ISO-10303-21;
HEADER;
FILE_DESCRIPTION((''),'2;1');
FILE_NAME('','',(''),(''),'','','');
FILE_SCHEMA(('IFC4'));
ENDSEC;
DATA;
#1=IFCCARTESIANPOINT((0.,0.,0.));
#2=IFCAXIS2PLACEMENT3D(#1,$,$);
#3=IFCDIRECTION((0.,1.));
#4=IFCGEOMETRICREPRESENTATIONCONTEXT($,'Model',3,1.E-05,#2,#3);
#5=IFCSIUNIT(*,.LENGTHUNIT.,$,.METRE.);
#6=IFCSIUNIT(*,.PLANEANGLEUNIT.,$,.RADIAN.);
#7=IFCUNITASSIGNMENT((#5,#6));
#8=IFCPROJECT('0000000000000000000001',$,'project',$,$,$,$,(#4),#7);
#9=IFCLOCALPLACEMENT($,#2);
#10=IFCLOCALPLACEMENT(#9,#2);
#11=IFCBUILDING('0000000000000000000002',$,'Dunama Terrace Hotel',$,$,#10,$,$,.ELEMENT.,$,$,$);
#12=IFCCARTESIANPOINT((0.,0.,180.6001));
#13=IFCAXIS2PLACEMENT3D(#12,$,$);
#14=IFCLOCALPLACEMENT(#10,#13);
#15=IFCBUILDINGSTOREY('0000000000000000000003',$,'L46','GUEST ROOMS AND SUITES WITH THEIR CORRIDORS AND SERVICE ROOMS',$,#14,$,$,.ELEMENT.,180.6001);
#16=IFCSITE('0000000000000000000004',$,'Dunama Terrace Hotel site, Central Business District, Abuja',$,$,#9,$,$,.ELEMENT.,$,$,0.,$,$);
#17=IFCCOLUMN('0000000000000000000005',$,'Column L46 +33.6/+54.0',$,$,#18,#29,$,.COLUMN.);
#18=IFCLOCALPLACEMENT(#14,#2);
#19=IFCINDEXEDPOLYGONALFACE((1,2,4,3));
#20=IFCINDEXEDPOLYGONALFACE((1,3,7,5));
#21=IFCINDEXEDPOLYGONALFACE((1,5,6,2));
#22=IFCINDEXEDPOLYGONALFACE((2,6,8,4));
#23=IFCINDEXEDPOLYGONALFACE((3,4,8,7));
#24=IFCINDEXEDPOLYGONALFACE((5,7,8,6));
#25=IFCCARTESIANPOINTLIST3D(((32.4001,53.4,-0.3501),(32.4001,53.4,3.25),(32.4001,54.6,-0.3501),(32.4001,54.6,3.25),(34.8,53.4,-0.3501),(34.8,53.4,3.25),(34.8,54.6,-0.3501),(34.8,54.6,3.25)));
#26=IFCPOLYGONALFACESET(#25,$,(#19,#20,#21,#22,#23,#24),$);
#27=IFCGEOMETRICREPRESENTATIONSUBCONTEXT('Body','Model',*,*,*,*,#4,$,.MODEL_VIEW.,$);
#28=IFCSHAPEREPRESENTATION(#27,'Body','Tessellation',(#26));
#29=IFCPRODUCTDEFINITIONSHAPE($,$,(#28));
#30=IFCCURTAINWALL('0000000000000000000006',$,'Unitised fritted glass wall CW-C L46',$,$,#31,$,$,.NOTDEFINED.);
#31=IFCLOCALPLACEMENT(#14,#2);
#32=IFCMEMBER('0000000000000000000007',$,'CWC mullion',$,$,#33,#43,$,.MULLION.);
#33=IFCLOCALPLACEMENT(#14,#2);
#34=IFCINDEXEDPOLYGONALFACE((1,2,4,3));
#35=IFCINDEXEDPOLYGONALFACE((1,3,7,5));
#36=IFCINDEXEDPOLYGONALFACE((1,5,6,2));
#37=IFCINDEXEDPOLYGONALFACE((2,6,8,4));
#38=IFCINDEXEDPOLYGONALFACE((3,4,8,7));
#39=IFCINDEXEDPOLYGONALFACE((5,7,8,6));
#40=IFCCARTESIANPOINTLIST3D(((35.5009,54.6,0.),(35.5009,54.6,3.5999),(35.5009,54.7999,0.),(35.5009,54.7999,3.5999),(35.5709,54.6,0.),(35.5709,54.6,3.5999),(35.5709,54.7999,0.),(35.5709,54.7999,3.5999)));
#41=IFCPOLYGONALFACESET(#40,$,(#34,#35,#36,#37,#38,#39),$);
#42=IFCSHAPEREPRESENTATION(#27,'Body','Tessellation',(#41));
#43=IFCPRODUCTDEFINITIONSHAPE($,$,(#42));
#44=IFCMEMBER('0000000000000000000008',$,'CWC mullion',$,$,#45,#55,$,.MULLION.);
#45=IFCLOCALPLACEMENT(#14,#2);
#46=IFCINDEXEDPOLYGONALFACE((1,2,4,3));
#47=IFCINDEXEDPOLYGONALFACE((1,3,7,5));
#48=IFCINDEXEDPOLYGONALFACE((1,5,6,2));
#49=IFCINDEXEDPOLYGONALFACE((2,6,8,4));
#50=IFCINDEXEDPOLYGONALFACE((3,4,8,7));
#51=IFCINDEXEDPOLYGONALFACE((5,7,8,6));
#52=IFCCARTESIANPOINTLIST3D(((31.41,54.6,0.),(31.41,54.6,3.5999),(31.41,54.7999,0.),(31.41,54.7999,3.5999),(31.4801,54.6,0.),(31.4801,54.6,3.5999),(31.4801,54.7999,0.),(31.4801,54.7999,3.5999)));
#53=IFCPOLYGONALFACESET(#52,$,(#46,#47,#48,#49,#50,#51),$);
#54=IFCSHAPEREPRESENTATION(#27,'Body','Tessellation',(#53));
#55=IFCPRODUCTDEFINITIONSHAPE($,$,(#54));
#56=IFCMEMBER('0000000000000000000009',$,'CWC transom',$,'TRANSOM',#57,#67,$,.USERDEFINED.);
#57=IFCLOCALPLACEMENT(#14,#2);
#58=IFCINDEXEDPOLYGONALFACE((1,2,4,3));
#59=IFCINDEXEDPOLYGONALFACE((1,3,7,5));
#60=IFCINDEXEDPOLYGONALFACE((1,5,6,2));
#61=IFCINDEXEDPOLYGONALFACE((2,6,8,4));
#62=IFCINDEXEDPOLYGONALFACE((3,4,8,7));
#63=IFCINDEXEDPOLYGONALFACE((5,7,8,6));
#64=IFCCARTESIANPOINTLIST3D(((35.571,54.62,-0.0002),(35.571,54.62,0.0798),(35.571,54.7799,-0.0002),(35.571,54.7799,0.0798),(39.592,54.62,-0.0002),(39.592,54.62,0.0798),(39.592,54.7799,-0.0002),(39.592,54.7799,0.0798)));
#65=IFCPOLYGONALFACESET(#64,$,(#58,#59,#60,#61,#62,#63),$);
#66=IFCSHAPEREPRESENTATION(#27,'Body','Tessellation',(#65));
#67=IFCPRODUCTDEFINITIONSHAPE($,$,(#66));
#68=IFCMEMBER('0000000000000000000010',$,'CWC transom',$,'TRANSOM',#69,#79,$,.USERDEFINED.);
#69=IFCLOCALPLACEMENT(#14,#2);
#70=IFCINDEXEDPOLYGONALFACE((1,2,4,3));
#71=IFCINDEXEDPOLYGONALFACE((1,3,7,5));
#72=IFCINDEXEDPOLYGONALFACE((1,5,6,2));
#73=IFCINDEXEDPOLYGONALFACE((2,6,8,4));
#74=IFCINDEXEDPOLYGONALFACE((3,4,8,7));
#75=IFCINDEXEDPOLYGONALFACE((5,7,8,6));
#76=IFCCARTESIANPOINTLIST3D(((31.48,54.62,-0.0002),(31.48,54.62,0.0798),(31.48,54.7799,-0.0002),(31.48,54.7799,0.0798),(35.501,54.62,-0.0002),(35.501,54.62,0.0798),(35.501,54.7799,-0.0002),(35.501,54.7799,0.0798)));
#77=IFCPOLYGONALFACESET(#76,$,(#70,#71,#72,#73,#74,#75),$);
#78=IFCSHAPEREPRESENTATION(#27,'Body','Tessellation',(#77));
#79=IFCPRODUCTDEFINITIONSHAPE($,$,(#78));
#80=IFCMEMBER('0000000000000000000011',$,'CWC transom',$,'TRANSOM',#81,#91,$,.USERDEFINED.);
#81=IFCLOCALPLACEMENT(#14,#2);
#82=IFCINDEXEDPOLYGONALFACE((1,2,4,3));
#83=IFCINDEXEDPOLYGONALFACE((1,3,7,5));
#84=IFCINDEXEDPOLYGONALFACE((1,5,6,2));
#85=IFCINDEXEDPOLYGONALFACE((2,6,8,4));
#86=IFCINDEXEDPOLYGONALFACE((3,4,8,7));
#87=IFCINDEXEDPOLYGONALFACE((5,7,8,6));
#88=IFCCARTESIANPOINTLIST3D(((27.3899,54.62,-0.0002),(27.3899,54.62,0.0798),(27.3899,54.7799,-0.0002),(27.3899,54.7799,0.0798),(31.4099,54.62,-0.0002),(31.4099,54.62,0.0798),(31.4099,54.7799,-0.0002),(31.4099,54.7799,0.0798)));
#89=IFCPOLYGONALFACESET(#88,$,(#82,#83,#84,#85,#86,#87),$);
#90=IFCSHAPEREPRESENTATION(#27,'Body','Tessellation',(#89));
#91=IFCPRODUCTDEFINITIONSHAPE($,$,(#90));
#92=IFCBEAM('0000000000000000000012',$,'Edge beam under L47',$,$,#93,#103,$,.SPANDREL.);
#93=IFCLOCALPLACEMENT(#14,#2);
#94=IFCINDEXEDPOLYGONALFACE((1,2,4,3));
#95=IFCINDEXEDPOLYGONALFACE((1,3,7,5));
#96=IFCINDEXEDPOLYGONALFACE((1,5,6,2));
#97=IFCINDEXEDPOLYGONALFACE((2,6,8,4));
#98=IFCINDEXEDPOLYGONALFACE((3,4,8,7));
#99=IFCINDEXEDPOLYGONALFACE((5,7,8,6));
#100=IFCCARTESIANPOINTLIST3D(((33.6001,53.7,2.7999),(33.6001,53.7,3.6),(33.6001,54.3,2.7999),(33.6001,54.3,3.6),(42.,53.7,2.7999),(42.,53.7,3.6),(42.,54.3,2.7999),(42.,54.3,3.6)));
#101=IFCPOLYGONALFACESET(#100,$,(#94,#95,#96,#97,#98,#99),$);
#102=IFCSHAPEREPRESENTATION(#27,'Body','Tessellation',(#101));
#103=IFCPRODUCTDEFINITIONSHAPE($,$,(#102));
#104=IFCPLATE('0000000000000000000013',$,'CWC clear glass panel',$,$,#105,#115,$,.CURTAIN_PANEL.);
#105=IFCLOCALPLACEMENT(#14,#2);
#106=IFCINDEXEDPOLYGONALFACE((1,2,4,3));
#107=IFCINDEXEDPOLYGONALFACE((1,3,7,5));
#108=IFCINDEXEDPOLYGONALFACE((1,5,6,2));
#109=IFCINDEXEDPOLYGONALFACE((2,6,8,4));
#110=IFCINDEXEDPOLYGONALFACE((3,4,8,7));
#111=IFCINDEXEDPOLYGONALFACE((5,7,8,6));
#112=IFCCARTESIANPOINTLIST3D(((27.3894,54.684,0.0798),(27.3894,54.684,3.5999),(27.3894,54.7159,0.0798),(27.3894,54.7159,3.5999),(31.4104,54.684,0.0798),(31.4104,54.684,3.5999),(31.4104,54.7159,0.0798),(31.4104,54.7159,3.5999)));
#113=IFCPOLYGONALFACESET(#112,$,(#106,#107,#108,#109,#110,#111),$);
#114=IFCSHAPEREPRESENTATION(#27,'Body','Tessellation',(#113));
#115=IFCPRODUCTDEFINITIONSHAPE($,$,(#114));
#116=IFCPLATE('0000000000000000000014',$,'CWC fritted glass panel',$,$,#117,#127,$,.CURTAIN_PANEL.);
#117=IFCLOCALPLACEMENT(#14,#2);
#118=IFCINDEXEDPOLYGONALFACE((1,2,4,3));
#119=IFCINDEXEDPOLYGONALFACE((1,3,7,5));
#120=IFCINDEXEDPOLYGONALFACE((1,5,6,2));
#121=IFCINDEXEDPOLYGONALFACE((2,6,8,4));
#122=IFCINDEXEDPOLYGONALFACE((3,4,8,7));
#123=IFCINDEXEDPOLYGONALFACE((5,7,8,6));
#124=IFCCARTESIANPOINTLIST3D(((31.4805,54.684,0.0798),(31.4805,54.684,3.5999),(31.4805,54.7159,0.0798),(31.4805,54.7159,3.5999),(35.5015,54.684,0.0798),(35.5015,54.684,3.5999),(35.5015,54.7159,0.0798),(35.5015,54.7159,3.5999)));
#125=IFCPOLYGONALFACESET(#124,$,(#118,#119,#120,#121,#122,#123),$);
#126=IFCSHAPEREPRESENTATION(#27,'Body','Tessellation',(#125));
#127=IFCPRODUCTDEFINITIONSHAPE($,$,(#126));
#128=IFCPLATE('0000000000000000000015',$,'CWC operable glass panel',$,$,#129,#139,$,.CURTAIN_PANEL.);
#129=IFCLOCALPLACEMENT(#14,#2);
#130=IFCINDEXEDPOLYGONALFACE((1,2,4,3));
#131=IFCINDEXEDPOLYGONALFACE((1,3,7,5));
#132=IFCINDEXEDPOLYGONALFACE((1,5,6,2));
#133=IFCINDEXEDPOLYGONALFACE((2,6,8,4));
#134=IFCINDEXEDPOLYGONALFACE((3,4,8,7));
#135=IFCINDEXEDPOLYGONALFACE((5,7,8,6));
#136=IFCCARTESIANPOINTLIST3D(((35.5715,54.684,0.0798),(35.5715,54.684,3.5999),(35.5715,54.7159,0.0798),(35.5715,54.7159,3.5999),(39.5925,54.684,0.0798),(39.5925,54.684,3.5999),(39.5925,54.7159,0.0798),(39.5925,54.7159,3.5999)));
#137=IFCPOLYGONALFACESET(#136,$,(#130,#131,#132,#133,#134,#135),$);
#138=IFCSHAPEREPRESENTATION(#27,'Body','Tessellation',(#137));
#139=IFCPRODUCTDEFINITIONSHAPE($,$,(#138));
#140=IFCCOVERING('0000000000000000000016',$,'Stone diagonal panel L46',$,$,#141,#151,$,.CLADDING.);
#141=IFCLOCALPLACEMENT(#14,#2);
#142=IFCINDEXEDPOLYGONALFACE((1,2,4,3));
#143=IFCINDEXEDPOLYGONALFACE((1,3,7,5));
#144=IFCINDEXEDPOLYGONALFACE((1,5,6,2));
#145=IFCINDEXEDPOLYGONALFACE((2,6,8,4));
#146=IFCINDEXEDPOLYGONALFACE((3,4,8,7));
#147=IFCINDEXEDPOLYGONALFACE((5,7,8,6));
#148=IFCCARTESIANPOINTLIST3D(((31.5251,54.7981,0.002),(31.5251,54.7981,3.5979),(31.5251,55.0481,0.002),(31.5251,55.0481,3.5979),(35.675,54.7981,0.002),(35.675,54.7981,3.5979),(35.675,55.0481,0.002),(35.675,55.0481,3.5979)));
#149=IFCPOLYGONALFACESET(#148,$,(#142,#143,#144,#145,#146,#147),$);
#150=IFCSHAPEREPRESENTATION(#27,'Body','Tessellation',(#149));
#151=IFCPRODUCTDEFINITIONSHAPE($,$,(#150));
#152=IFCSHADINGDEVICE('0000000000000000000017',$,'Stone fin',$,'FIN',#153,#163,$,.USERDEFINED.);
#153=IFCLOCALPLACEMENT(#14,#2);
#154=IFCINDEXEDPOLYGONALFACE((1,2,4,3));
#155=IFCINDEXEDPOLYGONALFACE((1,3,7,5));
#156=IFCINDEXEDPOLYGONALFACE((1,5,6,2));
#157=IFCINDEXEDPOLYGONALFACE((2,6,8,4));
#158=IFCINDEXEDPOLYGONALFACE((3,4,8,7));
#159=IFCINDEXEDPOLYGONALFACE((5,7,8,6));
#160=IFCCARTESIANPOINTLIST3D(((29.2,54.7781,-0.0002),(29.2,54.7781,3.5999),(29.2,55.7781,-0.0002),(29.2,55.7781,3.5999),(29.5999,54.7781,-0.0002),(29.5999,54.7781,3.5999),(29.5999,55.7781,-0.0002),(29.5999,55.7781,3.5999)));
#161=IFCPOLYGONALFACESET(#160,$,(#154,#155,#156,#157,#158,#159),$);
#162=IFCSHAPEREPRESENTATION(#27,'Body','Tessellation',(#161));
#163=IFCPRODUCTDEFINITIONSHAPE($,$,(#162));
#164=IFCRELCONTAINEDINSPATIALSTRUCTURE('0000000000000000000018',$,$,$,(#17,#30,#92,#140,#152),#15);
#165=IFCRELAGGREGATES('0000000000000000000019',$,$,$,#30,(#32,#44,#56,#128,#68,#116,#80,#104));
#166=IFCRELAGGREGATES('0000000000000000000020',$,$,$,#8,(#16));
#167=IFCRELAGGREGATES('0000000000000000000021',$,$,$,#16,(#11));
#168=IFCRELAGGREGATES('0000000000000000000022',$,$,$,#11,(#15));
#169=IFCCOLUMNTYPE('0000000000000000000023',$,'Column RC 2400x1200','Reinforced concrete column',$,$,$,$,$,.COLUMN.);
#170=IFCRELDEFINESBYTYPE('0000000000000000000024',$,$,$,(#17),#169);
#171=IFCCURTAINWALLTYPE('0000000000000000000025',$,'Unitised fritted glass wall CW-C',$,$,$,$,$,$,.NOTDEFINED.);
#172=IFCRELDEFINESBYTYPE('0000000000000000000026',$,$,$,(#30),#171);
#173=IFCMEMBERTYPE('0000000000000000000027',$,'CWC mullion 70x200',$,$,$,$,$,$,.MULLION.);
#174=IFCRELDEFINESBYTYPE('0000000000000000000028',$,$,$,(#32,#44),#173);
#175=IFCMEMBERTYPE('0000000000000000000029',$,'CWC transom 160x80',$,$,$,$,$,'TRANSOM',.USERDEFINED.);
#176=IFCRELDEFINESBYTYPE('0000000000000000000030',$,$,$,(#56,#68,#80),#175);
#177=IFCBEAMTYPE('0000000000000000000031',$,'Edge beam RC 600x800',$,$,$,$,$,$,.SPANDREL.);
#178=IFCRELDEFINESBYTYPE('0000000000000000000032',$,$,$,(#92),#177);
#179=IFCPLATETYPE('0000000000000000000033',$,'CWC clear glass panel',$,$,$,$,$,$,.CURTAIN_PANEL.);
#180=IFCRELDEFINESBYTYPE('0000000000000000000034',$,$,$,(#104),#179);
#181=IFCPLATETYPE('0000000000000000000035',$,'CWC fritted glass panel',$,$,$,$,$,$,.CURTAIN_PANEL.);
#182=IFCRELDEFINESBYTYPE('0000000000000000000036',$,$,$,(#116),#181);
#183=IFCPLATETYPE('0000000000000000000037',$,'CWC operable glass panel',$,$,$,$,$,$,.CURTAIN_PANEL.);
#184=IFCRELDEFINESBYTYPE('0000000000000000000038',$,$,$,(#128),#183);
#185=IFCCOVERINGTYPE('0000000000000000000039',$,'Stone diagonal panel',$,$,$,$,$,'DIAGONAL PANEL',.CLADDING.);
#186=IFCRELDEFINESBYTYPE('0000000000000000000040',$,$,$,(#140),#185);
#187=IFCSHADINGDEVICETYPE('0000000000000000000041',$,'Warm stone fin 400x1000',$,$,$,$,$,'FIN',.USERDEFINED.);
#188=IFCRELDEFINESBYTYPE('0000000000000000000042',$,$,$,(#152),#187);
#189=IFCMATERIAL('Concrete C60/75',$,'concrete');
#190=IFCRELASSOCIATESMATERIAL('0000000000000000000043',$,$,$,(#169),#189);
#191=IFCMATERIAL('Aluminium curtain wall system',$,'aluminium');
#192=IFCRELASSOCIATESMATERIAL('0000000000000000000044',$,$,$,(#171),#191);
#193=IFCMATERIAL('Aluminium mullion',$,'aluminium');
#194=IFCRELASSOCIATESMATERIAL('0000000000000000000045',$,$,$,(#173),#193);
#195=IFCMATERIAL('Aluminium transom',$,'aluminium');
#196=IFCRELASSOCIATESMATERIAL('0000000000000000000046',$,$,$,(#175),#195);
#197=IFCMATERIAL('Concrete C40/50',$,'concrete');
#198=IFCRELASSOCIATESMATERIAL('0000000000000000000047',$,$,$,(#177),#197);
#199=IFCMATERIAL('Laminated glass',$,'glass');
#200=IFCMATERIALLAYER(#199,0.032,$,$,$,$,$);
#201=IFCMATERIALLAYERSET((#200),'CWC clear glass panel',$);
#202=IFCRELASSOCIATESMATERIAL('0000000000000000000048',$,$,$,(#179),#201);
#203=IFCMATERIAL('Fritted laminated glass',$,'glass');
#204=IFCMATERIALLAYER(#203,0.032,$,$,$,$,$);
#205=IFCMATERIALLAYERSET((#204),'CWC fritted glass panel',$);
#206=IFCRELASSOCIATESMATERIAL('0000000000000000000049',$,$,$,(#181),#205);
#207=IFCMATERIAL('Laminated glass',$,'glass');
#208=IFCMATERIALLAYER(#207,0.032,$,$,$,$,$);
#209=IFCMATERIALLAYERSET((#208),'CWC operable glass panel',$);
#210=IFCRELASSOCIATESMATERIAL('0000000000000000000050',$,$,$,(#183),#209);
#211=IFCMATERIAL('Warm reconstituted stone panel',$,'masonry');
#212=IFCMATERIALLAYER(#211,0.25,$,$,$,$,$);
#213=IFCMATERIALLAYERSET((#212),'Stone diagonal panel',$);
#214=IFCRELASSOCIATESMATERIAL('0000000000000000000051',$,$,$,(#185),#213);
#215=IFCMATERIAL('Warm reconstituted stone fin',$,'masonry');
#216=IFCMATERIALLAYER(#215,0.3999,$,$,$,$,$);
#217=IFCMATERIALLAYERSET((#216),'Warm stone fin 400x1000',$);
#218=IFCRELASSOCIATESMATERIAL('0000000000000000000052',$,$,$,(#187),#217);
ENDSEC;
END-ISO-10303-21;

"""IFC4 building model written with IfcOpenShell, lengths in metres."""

from ifc_helpers import new_model, si_unit, direction, frame, origin, origin_2d, place, context, subcontext, project, spatial, rectangle, extrude, material, layer, layer_set, material_profile, profile_set, type_object, element, aggregate, save


model = new_model("IFC4")

# Units and contexts
model_context = context("Model", 3, precision=1e-05, world=origin(), true_north=direction((0.0, 1.0)))
body_context = subcontext(model_context, "Body", "Model", "MODEL_VIEW")
ifc_project = project(units=[si_unit("LENGTHUNIT", "METRE"), si_unit("PLANEANGLEUNIT", "RADIAN")], contexts=[model_context])

# Site, building, storey
site_placement = place(None, origin())
site = spatial("IfcSite", under=ifc_project, at=site_placement, Name="Dunama Terrace Hotel site, Central Business District, Abuja", CompositionType="ELEMENT", RefElevation=0.0)
building_placement = place(site_placement, origin())
building = spatial("IfcBuilding", under=site, at=building_placement, Name="Dunama Terrace Hotel", CompositionType="ELEMENT")
storey_placement = place(building_placement, frame((0.0, 0.0, 180.6001)))
storey = spatial("IfcBuildingStorey", under=building, at=storey_placement, Name="L46", Description="GUEST ROOMS AND SUITES WITH THEIR CORRIDORS AND SERVICE ROOMS", CompositionType="ELEMENT", Elevation=180.6001)

# Column
ifc_material_1 = material(Name="Concrete C60/75", Category="concrete")
ifc_material_profile_1 = material_profile(ifc_material_1, rectangle(XDim=2.3999, YDim=1.2, at=origin_2d()), Name="RC 2400x1200")
ifc_profile_set_1 = profile_set([ifc_material_profile_1], Name="Concrete C60/75")
column_type = type_object("IfcColumnType", Name="Column RC 2400x1200", Description="Reinforced concrete column", PredefinedType="COLUMN", material=ifc_profile_set_1)
column_placement = place(storey_placement, frame((33.6001, 54.0, -0.3501), z_axis=(0.0, 0.0, 1.0), x_axis=(1.0, 0.0, 0.0)))
element("IfcColumn", 1, at=column_placement, inside=storey, type_object=column_type, Name="Column L46 +33.6/+54.0", PredefinedType="COLUMN", context=body_context, shape_type="SweptSolid", body=[
    extrude(rectangle(XDim=2.3999, YDim=1.2, at=origin_2d()), origin(), (0.0, 0.0, 1.0), 3.6001),
])

# Curtain wall, members
ifc_material_2 = material(Name="Aluminium curtain wall system", Category="aluminium")
curtain_wall_type = type_object("IfcCurtainWallType", Name="Unitised fritted glass wall CW-C", PredefinedType="NOTDEFINED", material=ifc_material_2)
curtain_wall_placement = place(storey_placement, origin())
curtain_wall = element("IfcCurtainWall", 2, at=curtain_wall_placement, inside=storey, type_object=curtain_wall_type, Name="Unitised fritted glass wall CW-C L46", PredefinedType="NOTDEFINED")
ifc_material_3 = material(Name="Aluminium mullion", Category="aluminium")
ifc_material_profile_2 = material_profile(ifc_material_3, rectangle(XDim=0.0701, YDim=0.2, at=origin_2d()), Name="CWC MULLION 70X200")
ifc_profile_set_2 = profile_set([ifc_material_profile_2], Name="Aluminium mullion")
member_type_1 = type_object("IfcMemberType", Name="CWC mullion 70x200", PredefinedType="MULLION", material=ifc_profile_set_2)
member_1_placement = place(storey_placement, frame((35.5359, 54.7, 0.0), z_axis=(0.0, 0.0, 1.0), x_axis=(-1.0, 0.0, 0.0)))
member_1 = element("IfcMember", 3, at=member_1_placement, type_object=member_type_1, Name="CWC mullion", PredefinedType="MULLION", context=body_context, shape_type="SweptSolid", body=[
    extrude(rectangle(XDim=0.0701, YDim=0.2, at=origin_2d()), origin(), (0.0, 0.0, 1.0), 3.5999),
])
member_2_placement = place(storey_placement, frame((31.4451, 54.7, 0.0), z_axis=(0.0, 0.0, 1.0), x_axis=(-1.0, 0.0, 0.0)))
member_2 = element("IfcMember", 4, at=member_2_placement, type_object=member_type_1, Name="CWC mullion", PredefinedType="MULLION", context=body_context, shape_type="SweptSolid", body=[
    extrude(rectangle(XDim=0.0701, YDim=0.2, at=origin_2d()), origin(), (0.0, 0.0, 1.0), 3.5999),
])
ifc_material_4 = material(Name="Aluminium transom", Category="aluminium")
ifc_material_profile_3 = material_profile(ifc_material_4, rectangle(XDim=0.1599, YDim=0.0801, at=origin_2d()), Name="CWC TRANSOM 160X80")
ifc_profile_set_3 = profile_set([ifc_material_profile_3], Name="Aluminium transom")
member_type_2 = type_object("IfcMemberType", Name="CWC transom 160x80", ElementType="TRANSOM", PredefinedType="USERDEFINED", material=ifc_profile_set_3)
member_3_placement = place(storey_placement, frame((39.592, 54.7, 0.0398), z_axis=(-1.0, 0.0, 0.0), x_axis=(0.0, -1.0, 0.0)))
member_3 = element("IfcMember", 5, at=member_3_placement, type_object=member_type_2, Name="CWC transom", ObjectType="TRANSOM", PredefinedType="USERDEFINED", context=body_context, shape_type="SweptSolid", body=[
    extrude(rectangle(XDim=0.1599, YDim=0.0801, at=origin_2d()), origin(), (0.0, 0.0, 1.0), 4.021),
])
member_4_placement = place(storey_placement, frame((35.501, 54.7, 0.0398), z_axis=(-1.0, 0.0, 0.0), x_axis=(0.0, -1.0, 0.0)))
member_4 = element("IfcMember", 6, at=member_4_placement, type_object=member_type_2, Name="CWC transom", ObjectType="TRANSOM", PredefinedType="USERDEFINED", context=body_context, shape_type="SweptSolid", body=[
    extrude(rectangle(XDim=0.1599, YDim=0.0801, at=origin_2d()), origin(), (0.0, 0.0, 1.0), 4.021),
])
member_5_placement = place(storey_placement, frame((31.4099, 54.7, 0.0398), z_axis=(-1.0, 0.0, 0.0), x_axis=(0.0, -1.0, 0.0)))
member_5 = element("IfcMember", 7, at=member_5_placement, type_object=member_type_2, Name="CWC transom", ObjectType="TRANSOM", PredefinedType="USERDEFINED", context=body_context, shape_type="SweptSolid", body=[
    extrude(rectangle(XDim=0.1599, YDim=0.0801, at=origin_2d()), origin(), (0.0, 0.0, 1.0), 4.02),
])

# Beam
ifc_material_5 = material(Name="Concrete C40/50", Category="concrete")
ifc_material_profile_4 = material_profile(ifc_material_5, rectangle(XDim=0.6001, YDim=0.8, at=origin_2d()), Name="RC 600x800")
ifc_profile_set_4 = profile_set([ifc_material_profile_4], Name="Concrete C40/50")
beam_type = type_object("IfcBeamType", Name="Edge beam RC 600x800", PredefinedType="SPANDREL", material=ifc_profile_set_4)
beam_placement = place(storey_placement, frame((33.6001, 54.0, 3.2), z_axis=(1.0, 0.0, 0.0), x_axis=(0.0, 1.0, 0.0)))
element("IfcBeam", 8, at=beam_placement, inside=storey, type_object=beam_type, Name="Edge beam under L47", PredefinedType="SPANDREL", context=body_context, shape_type="SweptSolid", body=[
    extrude(rectangle(XDim=0.6001, YDim=0.8, at=origin_2d()), origin(), (0.0, 0.0, 1.0), 8.3999),
])

# Plates
ifc_material_6 = material(Name="Laminated glass", Category="glass")
ifc_layer_1 = layer(ifc_material_6, 0.032)
ifc_layer_set_1 = layer_set([ifc_layer_1], Name="CWC clear glass panel")
plate_type_1 = type_object("IfcPlateType", Name="CWC clear glass panel", PredefinedType="CURTAIN_PANEL", material=ifc_layer_set_1)
plate_1_placement = place(storey_placement, frame((29.3999, 54.7, 0.0798), z_axis=(0.0, 0.0, 1.0), x_axis=(-1.0, 0.0, 0.0)))
plate_1 = element("IfcPlate", 9, at=plate_1_placement, type_object=plate_type_1, Name="CWC clear glass panel", PredefinedType="CURTAIN_PANEL", context=body_context, shape_type="SweptSolid", body=[
    extrude(rectangle(XDim=4.021, YDim=0.032, at=origin_2d()), origin(), (0.0, 0.0, 1.0), 3.52),
])
ifc_material_7 = material(Name="Fritted laminated glass", Category="glass")
ifc_layer_2 = layer(ifc_material_7, 0.032)
ifc_layer_set_2 = layer_set([ifc_layer_2], Name="CWC fritted glass panel")
plate_type_2 = type_object("IfcPlateType", Name="CWC fritted glass panel", PredefinedType="CURTAIN_PANEL", material=ifc_layer_set_2)
plate_2_placement = place(storey_placement, frame((33.491, 54.7, 0.0798), z_axis=(0.0, 0.0, 1.0), x_axis=(-1.0, 0.0, 0.0)))
plate_2 = element("IfcPlate", 10, at=plate_2_placement, type_object=plate_type_2, Name="CWC fritted glass panel", PredefinedType="CURTAIN_PANEL", context=body_context, shape_type="SweptSolid", body=[
    extrude(rectangle(XDim=4.021, YDim=0.032, at=origin_2d()), origin(), (0.0, 0.0, 1.0), 3.52),
])
ifc_material_8 = material(Name="Laminated glass", Category="glass")
ifc_layer_3 = layer(ifc_material_8, 0.032)
ifc_layer_set_3 = layer_set([ifc_layer_3], Name="CWC operable glass panel")
plate_type_3 = type_object("IfcPlateType", Name="CWC operable glass panel", PredefinedType="CURTAIN_PANEL", material=ifc_layer_set_3)
plate_3_placement = place(storey_placement, frame((37.582, 54.7, 0.0798), z_axis=(0.0, 0.0, 1.0), x_axis=(-1.0, 0.0, 0.0)))
plate_3 = element("IfcPlate", 11, at=plate_3_placement, type_object=plate_type_3, Name="CWC operable glass panel", PredefinedType="CURTAIN_PANEL", context=body_context, shape_type="SweptSolid", body=[
    extrude(rectangle(XDim=4.021, YDim=0.032, at=origin_2d()), origin(), (0.0, 0.0, 1.0), 3.52),
])
aggregate(curtain_wall, [member_1, member_2, member_3, plate_3, member_4, plate_2, member_5, plate_1])

# Covering
ifc_material_9 = material(Name="Warm reconstituted stone panel", Category="masonry")
ifc_layer_4 = layer(ifc_material_9, 0.25)
ifc_layer_set_4 = layer_set([ifc_layer_4], Name="Stone diagonal panel")
covering_type = type_object("IfcCoveringType", Name="Stone diagonal panel", ElementType="DIAGONAL PANEL", PredefinedType="CLADDING", material=ifc_layer_set_4)
covering_placement = place(storey_placement, frame((33.6001, 54.9231, 0.002), z_axis=(0.0, 0.0, 1.0), x_axis=(-1.0, 0.0, 0.0)))
element("IfcCovering", 12, at=covering_placement, inside=storey, type_object=covering_type, Name="Stone diagonal panel L46", PredefinedType="CLADDING", context=body_context, shape_type="SweptSolid", body=[
    extrude(rectangle(XDim=4.1499, YDim=0.25, at=origin_2d()), origin(), (0.0, 0.0, 1.0), 3.5959),
])

# Shading device
ifc_material_10 = material(Name="Warm reconstituted stone fin", Category="masonry")
ifc_layer_5 = layer(ifc_material_10, 0.3999)
ifc_layer_set_5 = layer_set([ifc_layer_5], Name="Warm stone fin 400x1000")
shading_device_type = type_object("IfcShadingDeviceType", Name="Warm stone fin 400x1000", ElementType="FIN", PredefinedType="USERDEFINED", material=ifc_layer_set_5)
shading_device_placement = place(storey_placement, frame((29.3999, 55.2781, -0.0002), z_axis=(0.0, 0.0, 1.0), x_axis=(-1.0, 0.0, 0.0)))
element("IfcShadingDevice", 13, at=shading_device_placement, inside=storey, type_object=shading_device_type, Name="Stone fin", ObjectType="FIN", PredefinedType="USERDEFINED", context=body_context, shape_type="SweptSolid", body=[
    extrude(rectangle(XDim=0.3999, YDim=1.0, at=origin_2d()), origin(), (0.0, 0.0, 1.0), 3.6001),
])

save(model, "model.ifc")
